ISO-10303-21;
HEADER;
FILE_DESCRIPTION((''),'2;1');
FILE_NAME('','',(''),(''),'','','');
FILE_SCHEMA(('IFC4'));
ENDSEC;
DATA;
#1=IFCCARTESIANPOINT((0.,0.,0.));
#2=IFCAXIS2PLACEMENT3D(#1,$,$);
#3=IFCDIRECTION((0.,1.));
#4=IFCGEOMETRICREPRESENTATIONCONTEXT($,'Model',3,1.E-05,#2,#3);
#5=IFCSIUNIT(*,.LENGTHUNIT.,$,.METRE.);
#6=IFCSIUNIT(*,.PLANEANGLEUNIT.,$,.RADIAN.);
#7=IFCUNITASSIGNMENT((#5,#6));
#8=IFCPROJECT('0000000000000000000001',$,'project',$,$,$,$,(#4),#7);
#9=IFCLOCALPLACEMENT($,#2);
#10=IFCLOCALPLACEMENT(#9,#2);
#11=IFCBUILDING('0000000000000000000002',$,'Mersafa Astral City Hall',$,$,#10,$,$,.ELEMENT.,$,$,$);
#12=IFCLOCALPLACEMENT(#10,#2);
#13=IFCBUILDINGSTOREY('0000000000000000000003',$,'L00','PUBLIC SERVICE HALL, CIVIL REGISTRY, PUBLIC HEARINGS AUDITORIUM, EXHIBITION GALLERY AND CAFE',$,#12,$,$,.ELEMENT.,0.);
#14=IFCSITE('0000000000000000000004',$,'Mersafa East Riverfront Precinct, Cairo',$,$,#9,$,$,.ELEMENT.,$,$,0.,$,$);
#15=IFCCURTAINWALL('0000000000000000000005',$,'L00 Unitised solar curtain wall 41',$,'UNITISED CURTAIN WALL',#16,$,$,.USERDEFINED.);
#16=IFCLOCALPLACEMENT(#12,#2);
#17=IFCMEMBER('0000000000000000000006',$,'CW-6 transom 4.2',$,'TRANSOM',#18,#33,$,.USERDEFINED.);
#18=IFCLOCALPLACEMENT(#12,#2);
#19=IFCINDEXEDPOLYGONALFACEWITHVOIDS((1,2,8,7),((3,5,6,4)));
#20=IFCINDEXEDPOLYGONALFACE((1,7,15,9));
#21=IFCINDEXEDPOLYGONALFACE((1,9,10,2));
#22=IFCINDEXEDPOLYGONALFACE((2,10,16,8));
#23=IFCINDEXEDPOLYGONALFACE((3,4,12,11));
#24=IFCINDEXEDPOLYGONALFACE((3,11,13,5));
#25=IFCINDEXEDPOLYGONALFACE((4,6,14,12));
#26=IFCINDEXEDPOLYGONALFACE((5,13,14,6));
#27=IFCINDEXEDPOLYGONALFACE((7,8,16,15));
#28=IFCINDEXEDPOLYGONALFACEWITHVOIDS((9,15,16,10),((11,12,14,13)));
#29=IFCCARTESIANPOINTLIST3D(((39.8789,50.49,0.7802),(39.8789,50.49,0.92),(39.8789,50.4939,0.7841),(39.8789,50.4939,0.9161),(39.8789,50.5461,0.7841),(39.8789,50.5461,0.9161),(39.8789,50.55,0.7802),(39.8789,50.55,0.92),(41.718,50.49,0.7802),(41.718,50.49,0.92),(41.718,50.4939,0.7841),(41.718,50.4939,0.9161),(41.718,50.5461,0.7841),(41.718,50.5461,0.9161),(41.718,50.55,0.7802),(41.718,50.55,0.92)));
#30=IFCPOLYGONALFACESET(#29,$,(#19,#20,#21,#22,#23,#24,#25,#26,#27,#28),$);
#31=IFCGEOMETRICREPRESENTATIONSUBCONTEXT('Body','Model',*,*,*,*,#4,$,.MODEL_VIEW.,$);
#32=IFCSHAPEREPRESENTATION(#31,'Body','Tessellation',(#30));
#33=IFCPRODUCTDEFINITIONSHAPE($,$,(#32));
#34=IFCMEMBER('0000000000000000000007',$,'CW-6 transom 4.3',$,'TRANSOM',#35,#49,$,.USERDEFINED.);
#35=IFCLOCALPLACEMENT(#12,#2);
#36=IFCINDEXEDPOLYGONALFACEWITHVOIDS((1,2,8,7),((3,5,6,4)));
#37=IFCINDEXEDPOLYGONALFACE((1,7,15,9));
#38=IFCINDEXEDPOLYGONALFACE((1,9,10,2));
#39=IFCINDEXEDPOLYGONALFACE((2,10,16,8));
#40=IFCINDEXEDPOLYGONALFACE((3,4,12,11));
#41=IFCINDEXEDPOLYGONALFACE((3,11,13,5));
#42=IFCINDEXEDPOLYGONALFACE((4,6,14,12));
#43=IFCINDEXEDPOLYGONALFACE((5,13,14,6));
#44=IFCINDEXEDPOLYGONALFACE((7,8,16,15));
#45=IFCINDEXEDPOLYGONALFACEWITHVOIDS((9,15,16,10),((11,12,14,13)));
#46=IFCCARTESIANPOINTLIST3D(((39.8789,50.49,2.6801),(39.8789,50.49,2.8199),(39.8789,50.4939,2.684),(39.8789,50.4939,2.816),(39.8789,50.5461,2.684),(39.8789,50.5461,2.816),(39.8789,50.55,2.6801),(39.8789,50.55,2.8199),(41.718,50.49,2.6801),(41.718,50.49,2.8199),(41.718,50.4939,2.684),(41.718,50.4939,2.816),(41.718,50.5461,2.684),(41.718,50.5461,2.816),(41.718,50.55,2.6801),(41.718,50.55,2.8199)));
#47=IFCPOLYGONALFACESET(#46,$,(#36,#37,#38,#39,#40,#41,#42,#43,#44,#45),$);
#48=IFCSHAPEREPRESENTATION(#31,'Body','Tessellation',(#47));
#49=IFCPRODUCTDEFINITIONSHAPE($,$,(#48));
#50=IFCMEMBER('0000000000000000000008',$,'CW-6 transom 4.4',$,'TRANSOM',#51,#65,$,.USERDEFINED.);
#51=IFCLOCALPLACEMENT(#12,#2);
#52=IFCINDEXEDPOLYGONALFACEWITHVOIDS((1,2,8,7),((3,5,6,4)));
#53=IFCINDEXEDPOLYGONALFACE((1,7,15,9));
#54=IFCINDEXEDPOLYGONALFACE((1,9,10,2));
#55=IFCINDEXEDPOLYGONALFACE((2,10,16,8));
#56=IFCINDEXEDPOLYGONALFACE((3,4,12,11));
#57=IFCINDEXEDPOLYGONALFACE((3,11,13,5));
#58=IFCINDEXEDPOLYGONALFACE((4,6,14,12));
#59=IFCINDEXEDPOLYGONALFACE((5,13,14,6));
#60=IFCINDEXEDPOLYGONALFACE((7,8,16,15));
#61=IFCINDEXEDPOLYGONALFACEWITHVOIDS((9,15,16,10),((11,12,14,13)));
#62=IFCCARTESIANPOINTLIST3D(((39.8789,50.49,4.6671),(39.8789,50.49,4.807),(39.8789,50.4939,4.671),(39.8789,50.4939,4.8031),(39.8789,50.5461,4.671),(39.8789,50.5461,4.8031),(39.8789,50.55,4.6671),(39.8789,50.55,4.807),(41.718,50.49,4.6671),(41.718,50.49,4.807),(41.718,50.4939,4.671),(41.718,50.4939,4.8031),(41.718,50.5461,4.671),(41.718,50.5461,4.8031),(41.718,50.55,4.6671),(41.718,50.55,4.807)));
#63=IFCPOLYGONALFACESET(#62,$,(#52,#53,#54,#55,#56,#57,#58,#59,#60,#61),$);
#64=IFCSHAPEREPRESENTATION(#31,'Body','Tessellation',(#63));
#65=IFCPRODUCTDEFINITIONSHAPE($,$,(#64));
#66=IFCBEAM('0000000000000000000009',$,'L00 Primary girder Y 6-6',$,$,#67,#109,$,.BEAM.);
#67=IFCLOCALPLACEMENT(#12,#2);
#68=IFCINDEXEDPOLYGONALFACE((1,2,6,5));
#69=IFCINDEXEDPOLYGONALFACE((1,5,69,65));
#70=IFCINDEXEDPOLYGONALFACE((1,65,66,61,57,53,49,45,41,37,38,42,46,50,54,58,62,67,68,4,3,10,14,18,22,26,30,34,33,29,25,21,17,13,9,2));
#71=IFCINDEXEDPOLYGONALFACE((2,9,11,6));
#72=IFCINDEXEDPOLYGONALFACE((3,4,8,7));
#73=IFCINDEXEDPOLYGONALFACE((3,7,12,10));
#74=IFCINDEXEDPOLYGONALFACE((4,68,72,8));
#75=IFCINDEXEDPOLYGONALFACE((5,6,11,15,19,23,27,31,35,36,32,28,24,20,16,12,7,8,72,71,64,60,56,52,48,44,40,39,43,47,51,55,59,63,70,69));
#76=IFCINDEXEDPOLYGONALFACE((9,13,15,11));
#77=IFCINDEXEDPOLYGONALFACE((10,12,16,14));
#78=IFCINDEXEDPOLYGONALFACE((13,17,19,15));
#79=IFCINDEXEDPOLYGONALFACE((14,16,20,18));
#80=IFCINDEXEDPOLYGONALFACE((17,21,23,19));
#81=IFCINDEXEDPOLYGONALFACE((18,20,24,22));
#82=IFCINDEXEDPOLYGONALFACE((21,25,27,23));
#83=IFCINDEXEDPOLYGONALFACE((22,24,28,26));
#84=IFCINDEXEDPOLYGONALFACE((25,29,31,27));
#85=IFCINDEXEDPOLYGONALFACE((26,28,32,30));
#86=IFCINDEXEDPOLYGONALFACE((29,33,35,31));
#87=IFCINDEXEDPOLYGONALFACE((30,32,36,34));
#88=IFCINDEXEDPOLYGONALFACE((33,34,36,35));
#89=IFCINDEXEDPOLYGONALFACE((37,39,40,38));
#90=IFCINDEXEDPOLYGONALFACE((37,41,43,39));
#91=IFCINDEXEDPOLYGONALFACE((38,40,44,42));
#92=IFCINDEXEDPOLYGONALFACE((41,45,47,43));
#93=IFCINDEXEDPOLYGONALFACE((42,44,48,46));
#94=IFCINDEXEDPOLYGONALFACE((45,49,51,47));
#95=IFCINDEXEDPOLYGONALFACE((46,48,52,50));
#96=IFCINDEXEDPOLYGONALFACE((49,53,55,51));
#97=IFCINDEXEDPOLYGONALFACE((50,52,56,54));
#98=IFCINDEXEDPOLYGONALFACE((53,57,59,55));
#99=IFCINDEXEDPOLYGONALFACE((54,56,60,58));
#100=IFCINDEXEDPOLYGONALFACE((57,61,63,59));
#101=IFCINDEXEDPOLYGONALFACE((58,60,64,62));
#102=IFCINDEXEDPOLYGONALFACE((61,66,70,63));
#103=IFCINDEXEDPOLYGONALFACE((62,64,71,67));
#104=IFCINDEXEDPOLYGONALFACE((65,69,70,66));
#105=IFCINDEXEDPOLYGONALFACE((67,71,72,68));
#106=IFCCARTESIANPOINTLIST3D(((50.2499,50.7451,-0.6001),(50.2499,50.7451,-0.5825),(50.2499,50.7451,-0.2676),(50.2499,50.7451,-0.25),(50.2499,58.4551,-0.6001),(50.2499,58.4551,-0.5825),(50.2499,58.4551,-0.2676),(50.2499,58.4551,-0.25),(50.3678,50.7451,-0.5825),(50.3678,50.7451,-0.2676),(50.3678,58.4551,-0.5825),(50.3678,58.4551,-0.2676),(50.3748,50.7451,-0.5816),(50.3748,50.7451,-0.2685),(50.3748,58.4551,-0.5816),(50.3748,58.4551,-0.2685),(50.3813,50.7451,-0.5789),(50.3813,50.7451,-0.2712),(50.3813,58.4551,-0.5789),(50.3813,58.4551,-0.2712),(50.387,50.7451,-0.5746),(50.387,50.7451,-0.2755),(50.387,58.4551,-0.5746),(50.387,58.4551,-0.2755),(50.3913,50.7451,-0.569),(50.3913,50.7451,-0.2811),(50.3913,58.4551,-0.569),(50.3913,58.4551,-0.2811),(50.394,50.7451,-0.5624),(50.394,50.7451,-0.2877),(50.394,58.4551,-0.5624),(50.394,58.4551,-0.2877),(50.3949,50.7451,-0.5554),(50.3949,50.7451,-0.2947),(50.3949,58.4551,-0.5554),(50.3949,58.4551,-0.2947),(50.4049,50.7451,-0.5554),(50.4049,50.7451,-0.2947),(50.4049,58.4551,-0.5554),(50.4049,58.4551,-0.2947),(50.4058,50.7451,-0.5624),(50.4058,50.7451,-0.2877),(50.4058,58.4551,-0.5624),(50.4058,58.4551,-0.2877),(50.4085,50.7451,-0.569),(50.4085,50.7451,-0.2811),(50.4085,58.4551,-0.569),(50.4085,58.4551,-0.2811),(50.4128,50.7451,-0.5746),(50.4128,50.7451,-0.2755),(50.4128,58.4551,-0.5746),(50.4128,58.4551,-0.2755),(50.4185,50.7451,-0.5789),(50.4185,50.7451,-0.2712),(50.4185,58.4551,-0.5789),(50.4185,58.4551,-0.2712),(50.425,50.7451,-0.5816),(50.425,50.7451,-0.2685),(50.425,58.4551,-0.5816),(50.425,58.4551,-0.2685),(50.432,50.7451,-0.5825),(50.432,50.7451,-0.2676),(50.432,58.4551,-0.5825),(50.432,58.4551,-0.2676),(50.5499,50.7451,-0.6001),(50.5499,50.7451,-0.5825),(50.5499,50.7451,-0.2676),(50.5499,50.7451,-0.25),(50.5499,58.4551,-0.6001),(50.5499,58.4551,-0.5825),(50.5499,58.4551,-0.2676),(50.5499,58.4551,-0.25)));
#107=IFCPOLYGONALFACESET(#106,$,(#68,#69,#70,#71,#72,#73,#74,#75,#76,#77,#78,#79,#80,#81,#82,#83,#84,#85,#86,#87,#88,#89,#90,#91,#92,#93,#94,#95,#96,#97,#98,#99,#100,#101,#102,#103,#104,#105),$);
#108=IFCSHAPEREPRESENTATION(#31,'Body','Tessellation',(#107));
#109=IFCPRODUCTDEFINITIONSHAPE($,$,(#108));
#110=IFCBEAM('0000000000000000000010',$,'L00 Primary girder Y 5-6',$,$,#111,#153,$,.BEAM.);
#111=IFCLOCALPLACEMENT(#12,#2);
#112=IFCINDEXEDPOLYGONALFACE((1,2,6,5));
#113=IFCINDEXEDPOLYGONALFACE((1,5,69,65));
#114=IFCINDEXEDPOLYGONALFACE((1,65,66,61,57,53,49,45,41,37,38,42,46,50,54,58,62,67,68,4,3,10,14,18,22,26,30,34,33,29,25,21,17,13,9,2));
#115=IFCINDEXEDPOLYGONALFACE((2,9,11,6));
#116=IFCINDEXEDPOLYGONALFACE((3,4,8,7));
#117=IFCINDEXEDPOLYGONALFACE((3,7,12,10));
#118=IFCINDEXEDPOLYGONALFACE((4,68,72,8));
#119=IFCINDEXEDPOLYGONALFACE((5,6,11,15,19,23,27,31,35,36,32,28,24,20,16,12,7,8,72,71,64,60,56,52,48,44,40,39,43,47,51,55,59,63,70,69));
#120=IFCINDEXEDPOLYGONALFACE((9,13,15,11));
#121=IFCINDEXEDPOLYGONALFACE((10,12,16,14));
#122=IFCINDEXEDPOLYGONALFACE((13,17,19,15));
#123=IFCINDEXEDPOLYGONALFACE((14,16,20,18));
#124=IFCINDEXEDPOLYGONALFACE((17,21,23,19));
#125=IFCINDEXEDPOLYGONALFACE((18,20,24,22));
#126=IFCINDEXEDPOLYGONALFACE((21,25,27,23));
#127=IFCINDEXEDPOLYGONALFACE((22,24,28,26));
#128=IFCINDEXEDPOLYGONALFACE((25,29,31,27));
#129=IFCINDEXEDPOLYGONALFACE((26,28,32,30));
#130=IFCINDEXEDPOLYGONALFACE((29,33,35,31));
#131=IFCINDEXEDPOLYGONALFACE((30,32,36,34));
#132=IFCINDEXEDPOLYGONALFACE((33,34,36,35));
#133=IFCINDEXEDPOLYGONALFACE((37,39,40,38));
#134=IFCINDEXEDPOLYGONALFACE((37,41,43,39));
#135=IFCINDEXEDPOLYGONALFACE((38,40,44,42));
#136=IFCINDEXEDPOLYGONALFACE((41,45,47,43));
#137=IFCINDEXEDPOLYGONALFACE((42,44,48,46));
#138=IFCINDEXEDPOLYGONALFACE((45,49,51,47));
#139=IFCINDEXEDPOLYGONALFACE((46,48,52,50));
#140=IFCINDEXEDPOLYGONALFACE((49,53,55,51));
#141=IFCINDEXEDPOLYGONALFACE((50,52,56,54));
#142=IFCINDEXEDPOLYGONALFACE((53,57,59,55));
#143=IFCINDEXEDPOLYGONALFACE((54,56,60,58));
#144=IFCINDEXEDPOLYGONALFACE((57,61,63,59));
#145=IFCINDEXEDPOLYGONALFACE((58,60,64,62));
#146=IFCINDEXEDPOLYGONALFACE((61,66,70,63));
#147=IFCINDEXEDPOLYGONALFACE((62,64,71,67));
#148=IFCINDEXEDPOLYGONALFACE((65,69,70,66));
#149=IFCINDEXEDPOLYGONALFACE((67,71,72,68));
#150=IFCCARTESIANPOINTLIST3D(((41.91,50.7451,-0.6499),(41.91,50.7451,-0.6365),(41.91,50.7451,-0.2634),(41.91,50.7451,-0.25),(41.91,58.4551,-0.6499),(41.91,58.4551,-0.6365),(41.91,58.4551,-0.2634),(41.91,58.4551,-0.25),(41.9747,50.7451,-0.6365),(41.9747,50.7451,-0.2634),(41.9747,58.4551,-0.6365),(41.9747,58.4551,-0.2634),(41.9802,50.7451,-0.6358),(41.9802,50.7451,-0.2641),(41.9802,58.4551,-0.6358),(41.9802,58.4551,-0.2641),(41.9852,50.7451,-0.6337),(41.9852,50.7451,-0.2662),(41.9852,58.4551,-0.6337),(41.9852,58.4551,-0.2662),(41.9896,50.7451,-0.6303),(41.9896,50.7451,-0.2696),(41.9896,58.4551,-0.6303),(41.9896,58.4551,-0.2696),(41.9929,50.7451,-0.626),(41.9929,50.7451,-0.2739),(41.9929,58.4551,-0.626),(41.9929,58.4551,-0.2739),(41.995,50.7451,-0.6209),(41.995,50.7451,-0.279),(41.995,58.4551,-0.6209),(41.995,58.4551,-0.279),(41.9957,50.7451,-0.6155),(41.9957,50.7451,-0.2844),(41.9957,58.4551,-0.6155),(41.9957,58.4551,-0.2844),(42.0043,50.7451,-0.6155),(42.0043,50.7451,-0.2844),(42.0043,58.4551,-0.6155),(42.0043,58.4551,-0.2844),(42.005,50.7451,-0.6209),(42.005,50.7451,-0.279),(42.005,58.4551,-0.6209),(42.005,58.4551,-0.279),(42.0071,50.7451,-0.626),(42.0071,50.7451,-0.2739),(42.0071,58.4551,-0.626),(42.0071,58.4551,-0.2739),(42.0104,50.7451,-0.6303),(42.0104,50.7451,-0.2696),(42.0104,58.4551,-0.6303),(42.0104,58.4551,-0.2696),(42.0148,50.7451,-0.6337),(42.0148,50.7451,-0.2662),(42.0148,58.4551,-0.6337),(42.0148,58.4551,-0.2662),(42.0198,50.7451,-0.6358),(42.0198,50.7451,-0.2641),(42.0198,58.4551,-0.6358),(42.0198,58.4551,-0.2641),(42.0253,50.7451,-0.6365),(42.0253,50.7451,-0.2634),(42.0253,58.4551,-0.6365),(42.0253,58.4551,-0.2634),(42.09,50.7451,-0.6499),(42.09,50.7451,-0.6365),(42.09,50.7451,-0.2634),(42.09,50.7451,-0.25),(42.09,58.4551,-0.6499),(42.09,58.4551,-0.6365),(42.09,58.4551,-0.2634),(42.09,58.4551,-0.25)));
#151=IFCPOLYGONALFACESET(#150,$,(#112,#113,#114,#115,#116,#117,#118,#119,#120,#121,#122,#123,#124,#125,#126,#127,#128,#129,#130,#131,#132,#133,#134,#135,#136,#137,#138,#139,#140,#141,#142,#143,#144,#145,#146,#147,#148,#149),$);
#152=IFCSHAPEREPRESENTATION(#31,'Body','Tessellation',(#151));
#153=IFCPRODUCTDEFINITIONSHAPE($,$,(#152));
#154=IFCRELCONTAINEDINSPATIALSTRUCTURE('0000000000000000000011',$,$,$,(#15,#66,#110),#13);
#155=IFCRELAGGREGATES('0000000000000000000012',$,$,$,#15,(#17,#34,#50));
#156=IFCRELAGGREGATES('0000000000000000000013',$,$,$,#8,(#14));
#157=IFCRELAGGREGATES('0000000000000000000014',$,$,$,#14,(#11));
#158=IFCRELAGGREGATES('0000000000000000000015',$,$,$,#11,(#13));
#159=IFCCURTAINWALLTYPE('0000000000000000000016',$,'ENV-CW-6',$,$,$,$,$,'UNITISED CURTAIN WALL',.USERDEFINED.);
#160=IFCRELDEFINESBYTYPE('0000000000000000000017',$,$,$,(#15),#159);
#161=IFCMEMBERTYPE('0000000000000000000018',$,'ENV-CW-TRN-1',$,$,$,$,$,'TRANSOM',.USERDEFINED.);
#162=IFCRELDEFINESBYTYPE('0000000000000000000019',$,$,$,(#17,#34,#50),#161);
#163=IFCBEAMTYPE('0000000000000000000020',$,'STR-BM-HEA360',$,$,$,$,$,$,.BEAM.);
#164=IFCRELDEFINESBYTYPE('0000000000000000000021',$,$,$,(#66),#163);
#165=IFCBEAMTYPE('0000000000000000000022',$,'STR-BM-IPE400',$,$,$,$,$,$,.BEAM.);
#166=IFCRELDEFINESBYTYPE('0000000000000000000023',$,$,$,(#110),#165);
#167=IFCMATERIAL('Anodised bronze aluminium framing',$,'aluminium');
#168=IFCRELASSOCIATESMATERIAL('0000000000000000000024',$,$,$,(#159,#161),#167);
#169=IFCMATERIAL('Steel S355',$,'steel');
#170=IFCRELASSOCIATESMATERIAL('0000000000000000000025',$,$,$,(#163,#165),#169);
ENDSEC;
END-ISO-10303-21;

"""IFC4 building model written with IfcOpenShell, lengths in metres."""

from ifc_helpers import new_model, si_unit, direction, frame, origin, origin_2d, place, context, subcontext, project, spatial, hollow_rectangle, i_section, extrude, material, material_profile, profile_set, type_object, element, aggregate, save


model = new_model("IFC4")

# Units and contexts
model_context = context("Model", 3, precision=1e-05, world=origin(), true_north=direction((0.0, 1.0)))
body_context = subcontext(model_context, "Body", "Model", "MODEL_VIEW")
ifc_project = project(units=[si_unit("LENGTHUNIT", "METRE"), si_unit("PLANEANGLEUNIT", "RADIAN")], contexts=[model_context])

# Site, building, storey
site_placement = place(None, origin())
site = spatial("IfcSite", under=ifc_project, at=site_placement, Name="Mersafa East Riverfront Precinct, Cairo", CompositionType="ELEMENT", RefElevation=0.0)
building_placement = place(site_placement, origin())
building = spatial("IfcBuilding", under=site, at=building_placement, Name="Mersafa Astral City Hall", CompositionType="ELEMENT")
storey_placement = place(building_placement, origin())
storey = spatial("IfcBuildingStorey", under=building, at=storey_placement, Name="L00", Description="PUBLIC SERVICE HALL, CIVIL REGISTRY, PUBLIC HEARINGS AUDITORIUM, EXHIBITION GALLERY AND CAFE", CompositionType="ELEMENT", Elevation=0.0)

# Shared definitions
ifc_material_1 = material(Name="Steel S355", Category="steel")

# Curtain wall, members
ifc_material_2 = material(Name="Anodised bronze aluminium framing", Category="aluminium")
curtain_wall_type = type_object("IfcCurtainWallType", Name="ENV-CW-6", ElementType="UNITISED CURTAIN WALL", PredefinedType="USERDEFINED", material=ifc_material_2)
curtain_wall_placement = place(storey_placement, origin())
curtain_wall = element("IfcCurtainWall", 1, at=curtain_wall_placement, inside=storey, type_object=curtain_wall_type, Name="L00 Unitised solar curtain wall 41", ObjectType="UNITISED CURTAIN WALL", PredefinedType="USERDEFINED")
ifc_material_profile_1 = material_profile(ifc_material_2, hollow_rectangle(XDim=0.0601, YDim=0.1399, WallThickness=0.0039, at=origin_2d()), Name="RHS 60x140x4")
ifc_profile_set_1 = profile_set([ifc_material_profile_1], Name="Anodised bronze aluminium framing")
member_type_1 = type_object("IfcMemberType", Name="ENV-CW-TRN-1", ElementType="TRANSOM", PredefinedType="USERDEFINED", material=ifc_profile_set_1)
member_1_placement = place(storey_placement, frame((39.8789, 50.52, 0.8501), z_axis=(1.0, 0.0, 0.0), x_axis=(0.0, 1.0, 0.0)))
member_1 = element("IfcMember", 2, at=member_1_placement, type_object=member_type_1, Name="CW-6 transom 4.2", ObjectType="TRANSOM", PredefinedType="USERDEFINED", context=body_context, shape_type="SweptSolid", body=[
    extrude(hollow_rectangle(XDim=0.0601, YDim=0.1399, WallThickness=0.0039, at=origin_2d()), origin(), (0.0, 0.0, 1.0), 1.8391),
])
member_2_placement = place(storey_placement, frame((39.8789, 50.52, 2.75), z_axis=(1.0, 0.0, 0.0), x_axis=(0.0, 1.0, 0.0)))
member_2 = element("IfcMember", 3, at=member_2_placement, type_object=member_type_1, Name="CW-6 transom 4.3", ObjectType="TRANSOM", PredefinedType="USERDEFINED", context=body_context, shape_type="SweptSolid", body=[
    extrude(hollow_rectangle(XDim=0.0601, YDim=0.1399, WallThickness=0.0039, at=origin_2d()), origin(), (0.0, 0.0, 1.0), 1.8391),
])
member_3_placement = place(storey_placement, frame((39.8789, 50.52, 4.7371), z_axis=(1.0, 0.0, 0.0), x_axis=(0.0, 1.0, 0.0)))
member_3 = element("IfcMember", 4, at=member_3_placement, type_object=member_type_1, Name="CW-6 transom 4.4", ObjectType="TRANSOM", PredefinedType="USERDEFINED", context=body_context, shape_type="SweptSolid", body=[
    extrude(hollow_rectangle(XDim=0.0601, YDim=0.1399, WallThickness=0.0039, at=origin_2d()), origin(), (0.0, 0.0, 1.0), 1.8391),
])

# Beams
ifc_material_profile_2 = material_profile(ifc_material_1, i_section(OverallWidth=0.3, OverallDepth=0.3501, WebThickness=0.01, FlangeThickness=0.0176, FilletRadius=0.0271, at=origin_2d()), Name="HEA 360")
ifc_profile_set_2 = profile_set([ifc_material_profile_2], Name="Steel S355")
beam_type_1 = type_object("IfcBeamType", Name="STR-BM-HEA360", PredefinedType="BEAM", material=ifc_profile_set_2)
beam_1_placement = place(storey_placement, frame((50.3999, 50.7451, -0.425), z_axis=(0.0, 1.0, 0.0), x_axis=(-1.0, 0.0, 0.0)))
element("IfcBeam", 5, at=beam_1_placement, inside=storey, type_object=beam_type_1, Name="L00 Primary girder Y 6-6", PredefinedType="BEAM", context=body_context, shape_type="SweptSolid", body=[
    extrude(i_section(OverallWidth=0.3, OverallDepth=0.3501, WebThickness=0.01, FlangeThickness=0.0176, FilletRadius=0.0271, at=origin_2d()), origin(), (0.0, 0.0, 1.0), 7.71),
])
ifc_material_profile_3 = material_profile(ifc_material_1, i_section(OverallWidth=0.1799, OverallDepth=0.3999, WebThickness=0.0085, FlangeThickness=0.0134, FilletRadius=0.021, at=origin_2d()), Name="IPE 400")
ifc_profile_set_3 = profile_set([ifc_material_profile_3], Name="Steel S355")
beam_type_2 = type_object("IfcBeamType", Name="STR-BM-IPE400", PredefinedType="BEAM", material=ifc_profile_set_3)
beam_2_placement = place(storey_placement, frame((42.0, 50.7451, -0.45), z_axis=(0.0, 1.0, 0.0), x_axis=(-1.0, 0.0, 0.0)))
element("IfcBeam", 6, at=beam_2_placement, inside=storey, type_object=beam_type_2, Name="L00 Primary girder Y 5-6", PredefinedType="BEAM", context=body_context, shape_type="SweptSolid", body=[
    extrude(i_section(OverallWidth=0.1799, OverallDepth=0.3999, WebThickness=0.0085, FlangeThickness=0.0134, FilletRadius=0.021, at=origin_2d()), origin(), (0.0, 0.0, 1.0), 7.71),
])

aggregate(curtain_wall, [member_1, member_2, member_3])

save(model, "model.ifc")
